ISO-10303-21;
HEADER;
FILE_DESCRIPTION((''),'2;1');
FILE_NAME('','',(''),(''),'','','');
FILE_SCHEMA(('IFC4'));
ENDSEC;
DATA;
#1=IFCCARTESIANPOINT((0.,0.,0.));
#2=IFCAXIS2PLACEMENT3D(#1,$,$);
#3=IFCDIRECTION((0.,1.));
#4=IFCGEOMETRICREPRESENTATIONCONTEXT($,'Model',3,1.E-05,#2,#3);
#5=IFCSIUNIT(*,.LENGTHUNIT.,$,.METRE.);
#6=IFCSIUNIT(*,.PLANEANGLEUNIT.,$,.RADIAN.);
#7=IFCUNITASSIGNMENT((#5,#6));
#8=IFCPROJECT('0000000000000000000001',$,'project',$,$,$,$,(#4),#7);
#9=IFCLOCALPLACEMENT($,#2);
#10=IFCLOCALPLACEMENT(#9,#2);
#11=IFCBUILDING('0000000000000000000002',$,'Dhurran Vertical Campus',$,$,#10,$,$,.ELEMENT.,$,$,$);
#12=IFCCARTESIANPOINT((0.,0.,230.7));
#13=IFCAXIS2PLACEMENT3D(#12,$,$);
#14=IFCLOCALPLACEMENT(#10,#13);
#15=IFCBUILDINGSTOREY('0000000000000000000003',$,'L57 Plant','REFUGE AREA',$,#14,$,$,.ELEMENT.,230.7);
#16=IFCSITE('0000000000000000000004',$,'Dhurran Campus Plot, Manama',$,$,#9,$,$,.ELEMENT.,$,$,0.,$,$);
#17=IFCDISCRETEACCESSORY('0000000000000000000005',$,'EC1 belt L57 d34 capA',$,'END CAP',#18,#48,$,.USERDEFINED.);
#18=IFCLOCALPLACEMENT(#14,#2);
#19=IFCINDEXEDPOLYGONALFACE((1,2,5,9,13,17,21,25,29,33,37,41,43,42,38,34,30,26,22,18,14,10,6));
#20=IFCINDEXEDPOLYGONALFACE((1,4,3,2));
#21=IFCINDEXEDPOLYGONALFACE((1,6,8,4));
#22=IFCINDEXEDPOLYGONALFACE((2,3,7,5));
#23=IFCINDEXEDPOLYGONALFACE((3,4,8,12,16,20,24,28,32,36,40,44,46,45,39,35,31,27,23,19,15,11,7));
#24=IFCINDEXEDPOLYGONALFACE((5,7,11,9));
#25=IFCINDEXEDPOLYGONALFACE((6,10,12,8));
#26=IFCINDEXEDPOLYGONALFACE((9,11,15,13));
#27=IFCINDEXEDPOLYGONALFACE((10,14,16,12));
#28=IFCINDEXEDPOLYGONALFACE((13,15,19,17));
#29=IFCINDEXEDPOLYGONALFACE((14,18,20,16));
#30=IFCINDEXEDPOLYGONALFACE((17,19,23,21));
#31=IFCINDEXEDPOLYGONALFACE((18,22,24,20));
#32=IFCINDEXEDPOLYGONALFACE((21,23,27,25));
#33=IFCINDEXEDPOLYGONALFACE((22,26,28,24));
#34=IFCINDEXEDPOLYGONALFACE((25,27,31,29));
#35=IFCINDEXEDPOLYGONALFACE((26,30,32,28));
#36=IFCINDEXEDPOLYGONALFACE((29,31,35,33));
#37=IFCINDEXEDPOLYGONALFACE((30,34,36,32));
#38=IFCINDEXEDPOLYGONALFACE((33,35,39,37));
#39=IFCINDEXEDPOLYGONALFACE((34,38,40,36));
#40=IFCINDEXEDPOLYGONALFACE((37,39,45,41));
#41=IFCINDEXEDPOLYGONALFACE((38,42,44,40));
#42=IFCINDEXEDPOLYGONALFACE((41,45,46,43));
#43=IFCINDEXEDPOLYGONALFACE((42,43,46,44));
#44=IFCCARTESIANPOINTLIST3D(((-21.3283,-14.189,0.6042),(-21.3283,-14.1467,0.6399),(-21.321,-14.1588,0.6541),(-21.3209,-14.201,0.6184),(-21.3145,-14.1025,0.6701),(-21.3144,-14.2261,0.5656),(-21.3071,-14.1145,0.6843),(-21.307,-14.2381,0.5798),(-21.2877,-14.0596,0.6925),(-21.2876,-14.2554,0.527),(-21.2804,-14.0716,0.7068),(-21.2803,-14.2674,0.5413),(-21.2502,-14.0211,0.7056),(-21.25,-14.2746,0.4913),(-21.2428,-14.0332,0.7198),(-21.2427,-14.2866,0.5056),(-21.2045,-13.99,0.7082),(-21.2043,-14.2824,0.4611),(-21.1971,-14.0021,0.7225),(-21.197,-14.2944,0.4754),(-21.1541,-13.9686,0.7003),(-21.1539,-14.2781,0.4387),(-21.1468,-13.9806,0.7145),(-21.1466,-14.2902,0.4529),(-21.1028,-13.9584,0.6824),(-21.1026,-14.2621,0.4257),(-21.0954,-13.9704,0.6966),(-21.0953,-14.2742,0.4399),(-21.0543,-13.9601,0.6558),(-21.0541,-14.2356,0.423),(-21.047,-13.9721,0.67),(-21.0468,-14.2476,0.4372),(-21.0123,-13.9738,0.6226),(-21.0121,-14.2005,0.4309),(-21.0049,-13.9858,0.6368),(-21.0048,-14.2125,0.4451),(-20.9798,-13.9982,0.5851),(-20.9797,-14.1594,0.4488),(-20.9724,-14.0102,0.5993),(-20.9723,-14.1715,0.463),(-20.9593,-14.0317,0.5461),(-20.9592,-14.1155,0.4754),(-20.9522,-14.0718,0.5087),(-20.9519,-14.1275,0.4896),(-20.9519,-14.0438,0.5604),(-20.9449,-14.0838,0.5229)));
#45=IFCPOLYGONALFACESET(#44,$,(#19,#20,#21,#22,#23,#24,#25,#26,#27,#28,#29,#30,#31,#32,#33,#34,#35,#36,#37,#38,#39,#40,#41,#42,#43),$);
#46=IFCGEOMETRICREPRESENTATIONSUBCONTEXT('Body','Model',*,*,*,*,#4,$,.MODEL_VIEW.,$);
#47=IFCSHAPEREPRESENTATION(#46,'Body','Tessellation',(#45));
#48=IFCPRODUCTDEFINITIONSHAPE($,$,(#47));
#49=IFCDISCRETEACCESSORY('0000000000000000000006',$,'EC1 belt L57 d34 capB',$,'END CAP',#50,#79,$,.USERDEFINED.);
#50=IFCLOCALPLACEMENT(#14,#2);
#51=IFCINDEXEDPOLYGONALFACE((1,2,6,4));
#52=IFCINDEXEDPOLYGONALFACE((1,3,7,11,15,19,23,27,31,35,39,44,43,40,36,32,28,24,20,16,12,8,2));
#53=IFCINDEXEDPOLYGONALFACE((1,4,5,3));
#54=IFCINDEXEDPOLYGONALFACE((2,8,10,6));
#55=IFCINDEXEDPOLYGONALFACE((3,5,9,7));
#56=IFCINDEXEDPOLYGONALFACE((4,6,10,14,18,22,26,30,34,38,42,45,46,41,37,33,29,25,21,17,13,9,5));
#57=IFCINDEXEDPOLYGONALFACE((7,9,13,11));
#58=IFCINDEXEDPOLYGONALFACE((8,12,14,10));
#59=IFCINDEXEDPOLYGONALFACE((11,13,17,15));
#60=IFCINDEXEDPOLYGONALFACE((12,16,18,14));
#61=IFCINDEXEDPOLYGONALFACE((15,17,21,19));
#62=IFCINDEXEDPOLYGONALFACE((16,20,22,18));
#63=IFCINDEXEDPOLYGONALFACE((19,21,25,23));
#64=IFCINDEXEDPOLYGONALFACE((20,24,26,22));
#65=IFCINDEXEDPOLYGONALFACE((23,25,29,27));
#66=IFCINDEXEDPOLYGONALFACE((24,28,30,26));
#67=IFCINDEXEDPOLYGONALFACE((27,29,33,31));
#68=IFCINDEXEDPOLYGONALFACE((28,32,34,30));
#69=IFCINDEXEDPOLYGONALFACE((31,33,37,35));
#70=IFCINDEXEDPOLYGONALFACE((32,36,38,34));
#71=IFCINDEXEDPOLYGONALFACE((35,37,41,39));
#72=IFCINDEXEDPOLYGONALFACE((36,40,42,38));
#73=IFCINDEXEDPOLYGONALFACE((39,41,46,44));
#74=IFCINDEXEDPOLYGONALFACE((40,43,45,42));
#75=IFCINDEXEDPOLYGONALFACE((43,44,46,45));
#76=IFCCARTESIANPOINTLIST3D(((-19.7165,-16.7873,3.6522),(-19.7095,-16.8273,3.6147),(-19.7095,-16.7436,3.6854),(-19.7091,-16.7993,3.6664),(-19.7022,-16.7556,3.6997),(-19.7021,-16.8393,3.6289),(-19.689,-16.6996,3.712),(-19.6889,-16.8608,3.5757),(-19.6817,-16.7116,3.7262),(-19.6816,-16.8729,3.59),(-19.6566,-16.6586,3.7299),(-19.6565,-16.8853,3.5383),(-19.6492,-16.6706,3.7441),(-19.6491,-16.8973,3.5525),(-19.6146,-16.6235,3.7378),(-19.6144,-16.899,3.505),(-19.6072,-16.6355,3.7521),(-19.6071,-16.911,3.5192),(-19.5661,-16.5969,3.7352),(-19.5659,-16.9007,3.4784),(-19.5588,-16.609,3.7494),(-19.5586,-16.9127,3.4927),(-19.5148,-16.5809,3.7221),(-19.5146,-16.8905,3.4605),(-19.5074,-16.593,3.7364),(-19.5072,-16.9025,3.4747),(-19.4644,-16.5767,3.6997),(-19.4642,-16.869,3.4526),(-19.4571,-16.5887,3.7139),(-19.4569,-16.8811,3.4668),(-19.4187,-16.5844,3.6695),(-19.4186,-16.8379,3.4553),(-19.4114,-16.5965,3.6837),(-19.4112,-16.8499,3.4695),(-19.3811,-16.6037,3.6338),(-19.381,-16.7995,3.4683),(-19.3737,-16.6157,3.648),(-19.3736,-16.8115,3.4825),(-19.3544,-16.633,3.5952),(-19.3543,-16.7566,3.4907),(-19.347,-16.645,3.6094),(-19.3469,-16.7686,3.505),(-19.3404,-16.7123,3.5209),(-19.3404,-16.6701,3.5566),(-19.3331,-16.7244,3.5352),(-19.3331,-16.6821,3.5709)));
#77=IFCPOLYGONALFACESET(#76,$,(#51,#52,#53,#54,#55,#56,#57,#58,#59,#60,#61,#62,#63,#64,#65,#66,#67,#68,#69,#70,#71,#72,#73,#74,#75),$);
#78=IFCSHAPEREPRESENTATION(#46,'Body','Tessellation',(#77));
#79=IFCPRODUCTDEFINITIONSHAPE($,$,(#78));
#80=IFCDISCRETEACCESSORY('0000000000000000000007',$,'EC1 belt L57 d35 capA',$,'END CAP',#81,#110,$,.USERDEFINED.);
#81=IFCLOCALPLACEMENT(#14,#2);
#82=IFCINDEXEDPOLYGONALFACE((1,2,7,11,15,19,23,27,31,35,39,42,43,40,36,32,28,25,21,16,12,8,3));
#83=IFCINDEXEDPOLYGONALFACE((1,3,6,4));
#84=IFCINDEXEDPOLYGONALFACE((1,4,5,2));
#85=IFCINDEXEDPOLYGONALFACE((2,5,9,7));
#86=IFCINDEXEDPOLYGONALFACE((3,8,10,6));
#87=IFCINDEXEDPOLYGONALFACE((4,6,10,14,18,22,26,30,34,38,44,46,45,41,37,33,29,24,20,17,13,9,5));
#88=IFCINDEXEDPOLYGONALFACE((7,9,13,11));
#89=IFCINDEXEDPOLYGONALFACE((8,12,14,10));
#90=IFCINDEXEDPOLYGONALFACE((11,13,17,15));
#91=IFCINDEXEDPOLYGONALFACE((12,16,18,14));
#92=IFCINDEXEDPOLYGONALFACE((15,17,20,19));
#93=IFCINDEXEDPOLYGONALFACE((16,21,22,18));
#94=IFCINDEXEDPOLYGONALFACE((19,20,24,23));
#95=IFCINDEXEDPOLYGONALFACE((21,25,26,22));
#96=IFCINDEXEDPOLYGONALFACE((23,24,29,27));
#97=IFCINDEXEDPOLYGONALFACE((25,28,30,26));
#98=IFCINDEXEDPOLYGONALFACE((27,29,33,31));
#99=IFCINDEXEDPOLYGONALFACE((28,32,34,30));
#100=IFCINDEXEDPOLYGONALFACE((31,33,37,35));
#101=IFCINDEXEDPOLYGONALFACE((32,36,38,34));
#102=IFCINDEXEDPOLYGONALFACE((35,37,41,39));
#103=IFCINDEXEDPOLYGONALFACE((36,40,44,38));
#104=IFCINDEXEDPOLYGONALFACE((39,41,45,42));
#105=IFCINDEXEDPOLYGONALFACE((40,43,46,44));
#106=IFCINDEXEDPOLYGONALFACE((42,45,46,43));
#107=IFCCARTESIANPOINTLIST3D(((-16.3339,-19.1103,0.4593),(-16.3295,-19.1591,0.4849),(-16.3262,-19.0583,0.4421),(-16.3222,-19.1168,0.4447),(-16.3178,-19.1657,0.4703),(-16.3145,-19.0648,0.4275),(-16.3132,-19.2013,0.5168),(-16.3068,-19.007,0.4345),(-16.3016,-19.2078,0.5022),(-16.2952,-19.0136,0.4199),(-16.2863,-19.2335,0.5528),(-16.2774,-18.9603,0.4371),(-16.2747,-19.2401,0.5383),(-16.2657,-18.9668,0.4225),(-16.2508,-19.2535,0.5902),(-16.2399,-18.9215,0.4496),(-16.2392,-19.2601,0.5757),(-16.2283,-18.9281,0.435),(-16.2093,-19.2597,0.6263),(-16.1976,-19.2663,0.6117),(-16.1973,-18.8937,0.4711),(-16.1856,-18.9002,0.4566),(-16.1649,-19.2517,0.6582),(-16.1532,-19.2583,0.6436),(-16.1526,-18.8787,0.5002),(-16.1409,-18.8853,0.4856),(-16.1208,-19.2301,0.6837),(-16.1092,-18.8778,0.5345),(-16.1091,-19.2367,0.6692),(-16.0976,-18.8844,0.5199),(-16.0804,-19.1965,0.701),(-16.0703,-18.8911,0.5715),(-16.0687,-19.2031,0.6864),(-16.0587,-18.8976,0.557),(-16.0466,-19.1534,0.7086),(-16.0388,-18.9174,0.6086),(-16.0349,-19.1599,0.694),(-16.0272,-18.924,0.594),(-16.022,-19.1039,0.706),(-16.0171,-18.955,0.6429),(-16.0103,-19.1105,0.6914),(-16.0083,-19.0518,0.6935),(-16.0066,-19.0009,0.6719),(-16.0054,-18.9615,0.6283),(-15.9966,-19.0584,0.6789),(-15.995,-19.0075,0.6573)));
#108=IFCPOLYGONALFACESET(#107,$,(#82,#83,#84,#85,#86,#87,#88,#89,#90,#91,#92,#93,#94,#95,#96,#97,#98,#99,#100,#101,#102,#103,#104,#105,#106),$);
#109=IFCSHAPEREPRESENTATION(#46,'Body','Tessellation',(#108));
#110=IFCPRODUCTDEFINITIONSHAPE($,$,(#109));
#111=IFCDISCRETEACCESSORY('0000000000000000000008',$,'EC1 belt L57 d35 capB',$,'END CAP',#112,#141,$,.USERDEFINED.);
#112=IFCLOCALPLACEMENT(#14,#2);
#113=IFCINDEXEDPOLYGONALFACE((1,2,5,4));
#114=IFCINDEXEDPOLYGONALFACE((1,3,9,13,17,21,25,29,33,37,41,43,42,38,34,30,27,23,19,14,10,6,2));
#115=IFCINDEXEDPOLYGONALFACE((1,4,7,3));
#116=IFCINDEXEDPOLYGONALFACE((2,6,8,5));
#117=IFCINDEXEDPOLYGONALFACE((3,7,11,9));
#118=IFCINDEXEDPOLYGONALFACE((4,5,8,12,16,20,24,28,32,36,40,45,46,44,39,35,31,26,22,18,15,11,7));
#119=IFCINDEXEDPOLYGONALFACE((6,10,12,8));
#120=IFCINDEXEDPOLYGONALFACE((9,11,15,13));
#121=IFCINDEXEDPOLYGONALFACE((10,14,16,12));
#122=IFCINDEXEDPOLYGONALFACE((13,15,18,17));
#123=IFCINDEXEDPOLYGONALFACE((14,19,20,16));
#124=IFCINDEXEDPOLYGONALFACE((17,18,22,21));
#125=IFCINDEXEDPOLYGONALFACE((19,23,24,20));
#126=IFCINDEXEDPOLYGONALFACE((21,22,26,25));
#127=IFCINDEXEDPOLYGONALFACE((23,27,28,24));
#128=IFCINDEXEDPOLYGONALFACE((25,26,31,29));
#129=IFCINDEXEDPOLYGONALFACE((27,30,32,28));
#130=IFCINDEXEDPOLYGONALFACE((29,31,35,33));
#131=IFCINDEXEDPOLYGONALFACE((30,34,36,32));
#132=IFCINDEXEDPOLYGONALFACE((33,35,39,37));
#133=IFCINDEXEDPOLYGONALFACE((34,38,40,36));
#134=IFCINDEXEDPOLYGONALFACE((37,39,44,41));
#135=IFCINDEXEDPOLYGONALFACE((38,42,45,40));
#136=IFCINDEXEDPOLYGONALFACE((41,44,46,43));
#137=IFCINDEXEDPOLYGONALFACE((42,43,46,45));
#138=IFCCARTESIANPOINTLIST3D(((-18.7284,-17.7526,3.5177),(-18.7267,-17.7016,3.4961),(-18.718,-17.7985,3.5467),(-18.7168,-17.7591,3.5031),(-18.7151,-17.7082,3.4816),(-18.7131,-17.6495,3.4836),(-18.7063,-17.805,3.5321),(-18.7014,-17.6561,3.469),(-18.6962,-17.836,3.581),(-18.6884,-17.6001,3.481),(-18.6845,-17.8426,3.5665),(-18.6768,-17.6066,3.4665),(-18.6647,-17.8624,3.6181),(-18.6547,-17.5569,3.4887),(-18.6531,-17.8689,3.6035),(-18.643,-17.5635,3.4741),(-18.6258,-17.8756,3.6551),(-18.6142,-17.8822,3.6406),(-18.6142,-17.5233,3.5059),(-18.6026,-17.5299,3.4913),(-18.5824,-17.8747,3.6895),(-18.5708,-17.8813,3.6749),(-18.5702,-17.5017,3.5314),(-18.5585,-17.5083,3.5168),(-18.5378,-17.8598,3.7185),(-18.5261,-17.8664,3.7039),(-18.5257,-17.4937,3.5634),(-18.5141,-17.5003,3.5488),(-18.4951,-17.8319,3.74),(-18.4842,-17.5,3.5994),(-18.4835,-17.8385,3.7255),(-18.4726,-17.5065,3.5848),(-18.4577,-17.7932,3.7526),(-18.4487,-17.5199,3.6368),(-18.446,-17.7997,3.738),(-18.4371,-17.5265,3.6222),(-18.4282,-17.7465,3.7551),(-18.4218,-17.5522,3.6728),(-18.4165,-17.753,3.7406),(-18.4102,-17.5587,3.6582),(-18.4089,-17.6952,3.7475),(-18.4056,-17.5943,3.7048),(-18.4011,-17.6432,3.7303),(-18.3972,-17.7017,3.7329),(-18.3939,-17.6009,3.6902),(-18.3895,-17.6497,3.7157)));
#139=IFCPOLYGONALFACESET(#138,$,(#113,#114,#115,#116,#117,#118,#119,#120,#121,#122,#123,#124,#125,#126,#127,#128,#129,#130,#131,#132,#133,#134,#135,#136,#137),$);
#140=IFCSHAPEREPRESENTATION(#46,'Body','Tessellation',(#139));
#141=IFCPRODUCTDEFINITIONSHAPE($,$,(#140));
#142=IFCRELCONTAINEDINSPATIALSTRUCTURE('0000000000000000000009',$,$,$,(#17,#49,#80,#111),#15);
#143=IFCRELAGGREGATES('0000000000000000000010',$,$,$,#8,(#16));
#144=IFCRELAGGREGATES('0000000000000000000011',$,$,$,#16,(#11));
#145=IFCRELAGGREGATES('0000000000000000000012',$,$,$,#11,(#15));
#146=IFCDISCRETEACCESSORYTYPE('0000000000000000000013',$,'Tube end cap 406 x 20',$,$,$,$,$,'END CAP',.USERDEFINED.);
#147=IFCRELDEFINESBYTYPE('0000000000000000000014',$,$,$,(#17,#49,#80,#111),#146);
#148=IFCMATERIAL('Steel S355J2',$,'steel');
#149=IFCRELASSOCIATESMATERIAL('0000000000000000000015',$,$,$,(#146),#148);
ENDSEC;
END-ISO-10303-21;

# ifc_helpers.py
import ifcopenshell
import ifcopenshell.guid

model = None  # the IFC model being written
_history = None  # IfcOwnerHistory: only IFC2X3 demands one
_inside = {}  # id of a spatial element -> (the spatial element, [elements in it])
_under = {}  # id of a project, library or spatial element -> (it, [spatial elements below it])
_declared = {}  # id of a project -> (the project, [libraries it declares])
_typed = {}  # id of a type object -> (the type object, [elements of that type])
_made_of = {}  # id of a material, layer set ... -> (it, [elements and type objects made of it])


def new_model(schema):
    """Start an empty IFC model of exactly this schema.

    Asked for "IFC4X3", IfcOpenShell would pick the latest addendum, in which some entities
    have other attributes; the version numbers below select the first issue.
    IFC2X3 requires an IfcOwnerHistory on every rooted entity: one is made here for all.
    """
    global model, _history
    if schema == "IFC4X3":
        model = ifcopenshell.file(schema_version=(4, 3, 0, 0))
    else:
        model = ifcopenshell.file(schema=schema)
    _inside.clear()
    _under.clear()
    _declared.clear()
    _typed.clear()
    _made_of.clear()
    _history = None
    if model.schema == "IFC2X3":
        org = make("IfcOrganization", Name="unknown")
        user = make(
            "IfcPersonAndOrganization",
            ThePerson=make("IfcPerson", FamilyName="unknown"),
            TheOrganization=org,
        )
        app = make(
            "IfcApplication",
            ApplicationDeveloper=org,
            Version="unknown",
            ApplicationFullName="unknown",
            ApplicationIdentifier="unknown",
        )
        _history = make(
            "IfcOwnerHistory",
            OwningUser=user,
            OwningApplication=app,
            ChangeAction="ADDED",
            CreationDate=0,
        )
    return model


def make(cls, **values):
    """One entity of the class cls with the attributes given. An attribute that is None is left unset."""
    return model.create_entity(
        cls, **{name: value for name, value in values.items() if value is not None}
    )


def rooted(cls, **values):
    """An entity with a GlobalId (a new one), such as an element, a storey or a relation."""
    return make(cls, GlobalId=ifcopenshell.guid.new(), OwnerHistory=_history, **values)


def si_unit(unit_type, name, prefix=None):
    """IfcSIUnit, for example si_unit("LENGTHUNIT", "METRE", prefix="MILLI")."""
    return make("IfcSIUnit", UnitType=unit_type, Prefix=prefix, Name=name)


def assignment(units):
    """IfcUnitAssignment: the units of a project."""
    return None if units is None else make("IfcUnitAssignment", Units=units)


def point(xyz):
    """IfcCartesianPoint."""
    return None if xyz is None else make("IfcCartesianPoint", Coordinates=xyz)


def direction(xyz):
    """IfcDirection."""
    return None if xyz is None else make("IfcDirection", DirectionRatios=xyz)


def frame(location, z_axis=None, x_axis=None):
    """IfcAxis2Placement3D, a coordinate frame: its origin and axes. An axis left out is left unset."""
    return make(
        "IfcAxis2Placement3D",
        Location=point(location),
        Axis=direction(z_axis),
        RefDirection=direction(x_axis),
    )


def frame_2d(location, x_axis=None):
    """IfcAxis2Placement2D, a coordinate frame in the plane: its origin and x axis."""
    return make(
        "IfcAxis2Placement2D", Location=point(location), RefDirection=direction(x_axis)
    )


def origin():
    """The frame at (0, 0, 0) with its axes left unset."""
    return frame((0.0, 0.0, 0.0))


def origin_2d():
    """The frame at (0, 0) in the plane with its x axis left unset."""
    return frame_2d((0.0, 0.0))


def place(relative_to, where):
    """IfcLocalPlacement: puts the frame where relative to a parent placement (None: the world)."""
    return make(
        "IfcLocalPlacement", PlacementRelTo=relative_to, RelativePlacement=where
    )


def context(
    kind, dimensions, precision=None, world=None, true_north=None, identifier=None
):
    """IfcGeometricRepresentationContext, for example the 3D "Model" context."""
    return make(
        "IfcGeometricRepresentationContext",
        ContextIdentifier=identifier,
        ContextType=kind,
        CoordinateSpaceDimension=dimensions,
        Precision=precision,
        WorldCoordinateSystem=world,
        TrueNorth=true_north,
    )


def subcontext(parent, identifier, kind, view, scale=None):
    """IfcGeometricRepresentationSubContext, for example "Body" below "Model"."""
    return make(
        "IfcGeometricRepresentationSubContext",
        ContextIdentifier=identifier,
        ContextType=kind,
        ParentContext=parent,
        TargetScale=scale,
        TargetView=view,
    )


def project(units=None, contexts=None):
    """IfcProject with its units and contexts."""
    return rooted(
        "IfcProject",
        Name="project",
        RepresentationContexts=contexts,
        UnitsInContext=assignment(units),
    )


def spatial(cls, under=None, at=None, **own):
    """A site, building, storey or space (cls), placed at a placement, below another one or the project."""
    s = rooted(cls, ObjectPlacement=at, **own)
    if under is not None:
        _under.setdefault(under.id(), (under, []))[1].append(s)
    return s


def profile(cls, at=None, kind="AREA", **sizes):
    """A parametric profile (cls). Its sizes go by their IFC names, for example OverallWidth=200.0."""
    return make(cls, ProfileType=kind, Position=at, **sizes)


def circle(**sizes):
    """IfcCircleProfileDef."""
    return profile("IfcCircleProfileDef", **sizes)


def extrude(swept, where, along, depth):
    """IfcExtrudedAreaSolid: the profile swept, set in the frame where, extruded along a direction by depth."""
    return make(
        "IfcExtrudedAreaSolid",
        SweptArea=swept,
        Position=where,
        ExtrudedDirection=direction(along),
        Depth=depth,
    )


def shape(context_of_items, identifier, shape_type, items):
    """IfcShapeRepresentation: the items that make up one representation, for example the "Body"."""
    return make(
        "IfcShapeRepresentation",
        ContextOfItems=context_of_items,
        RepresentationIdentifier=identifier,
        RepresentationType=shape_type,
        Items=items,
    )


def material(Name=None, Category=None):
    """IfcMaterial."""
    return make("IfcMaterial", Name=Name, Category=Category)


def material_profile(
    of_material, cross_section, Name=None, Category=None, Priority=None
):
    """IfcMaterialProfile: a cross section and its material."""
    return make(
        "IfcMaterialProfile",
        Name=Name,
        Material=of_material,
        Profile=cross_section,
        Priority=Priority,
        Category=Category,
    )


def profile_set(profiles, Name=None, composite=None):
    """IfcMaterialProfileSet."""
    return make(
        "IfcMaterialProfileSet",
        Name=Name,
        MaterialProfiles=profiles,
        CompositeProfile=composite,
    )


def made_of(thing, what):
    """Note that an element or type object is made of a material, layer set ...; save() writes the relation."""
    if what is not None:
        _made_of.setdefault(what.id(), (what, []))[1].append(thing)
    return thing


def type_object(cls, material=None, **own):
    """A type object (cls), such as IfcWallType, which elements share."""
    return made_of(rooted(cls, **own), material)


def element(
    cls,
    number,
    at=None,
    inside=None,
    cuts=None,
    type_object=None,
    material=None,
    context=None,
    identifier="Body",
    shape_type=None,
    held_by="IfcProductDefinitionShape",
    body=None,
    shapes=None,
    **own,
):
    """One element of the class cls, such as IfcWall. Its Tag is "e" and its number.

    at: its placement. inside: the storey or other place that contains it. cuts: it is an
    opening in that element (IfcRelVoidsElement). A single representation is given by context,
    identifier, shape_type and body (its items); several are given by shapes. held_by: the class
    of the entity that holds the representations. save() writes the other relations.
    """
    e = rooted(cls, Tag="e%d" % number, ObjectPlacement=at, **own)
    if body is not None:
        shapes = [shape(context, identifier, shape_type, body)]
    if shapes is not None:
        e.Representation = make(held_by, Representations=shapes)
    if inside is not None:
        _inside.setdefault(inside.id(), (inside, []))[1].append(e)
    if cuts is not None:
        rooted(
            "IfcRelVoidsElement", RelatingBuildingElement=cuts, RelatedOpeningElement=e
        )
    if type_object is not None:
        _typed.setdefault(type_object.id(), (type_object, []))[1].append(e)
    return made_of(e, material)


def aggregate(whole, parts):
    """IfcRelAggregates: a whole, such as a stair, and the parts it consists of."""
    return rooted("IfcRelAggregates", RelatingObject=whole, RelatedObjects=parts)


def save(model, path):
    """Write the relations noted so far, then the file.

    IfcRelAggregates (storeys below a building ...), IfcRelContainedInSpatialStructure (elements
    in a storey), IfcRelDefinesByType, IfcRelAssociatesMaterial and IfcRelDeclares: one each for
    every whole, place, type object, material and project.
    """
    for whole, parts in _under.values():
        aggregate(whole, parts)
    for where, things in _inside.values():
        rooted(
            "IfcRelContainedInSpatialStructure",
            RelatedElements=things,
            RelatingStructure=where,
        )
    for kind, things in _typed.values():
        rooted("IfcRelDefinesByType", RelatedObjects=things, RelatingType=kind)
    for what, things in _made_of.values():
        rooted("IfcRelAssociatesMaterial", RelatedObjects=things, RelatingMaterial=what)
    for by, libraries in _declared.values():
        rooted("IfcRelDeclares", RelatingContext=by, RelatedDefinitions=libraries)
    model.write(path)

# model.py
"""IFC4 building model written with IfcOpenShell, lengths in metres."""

from ifc_helpers import new_model, si_unit, direction, frame, origin, origin_2d, place, context, subcontext, project, spatial, circle, extrude, material, material_profile, profile_set, type_object, element, save


model = new_model("IFC4")

# Units and contexts
model_context = context("Model", 3, precision=1e-05, world=origin(), true_north=direction((0.0, 1.0)))
body_context = subcontext(model_context, "Body", "Model", "MODEL_VIEW")
ifc_project = project(units=[si_unit("LENGTHUNIT", "METRE"), si_unit("PLANEANGLEUNIT", "RADIAN")], contexts=[model_context])

# Site, building, storey
site_placement = place(None, origin())
site = spatial("IfcSite", under=ifc_project, at=site_placement, Name="Dhurran Campus Plot, Manama", CompositionType="ELEMENT", RefElevation=0.0)
building_placement = place(site_placement, origin())
building = spatial("IfcBuilding", under=site, at=building_placement, Name="Dhurran Vertical Campus", CompositionType="ELEMENT")
storey_placement = place(building_placement, frame((0.0, 0.0, 230.7)))
storey = spatial("IfcBuildingStorey", under=building, at=storey_placement, Name="L57 Plant", Description="REFUGE AREA", CompositionType="ELEMENT", Elevation=230.7)

# Discrete accessories
ifc_material_1 = material(Name="Steel S355J2", Category="steel")
ifc_material_profile_1 = material_profile(ifc_material_1, circle(Radius=0.2031, at=origin_2d()), Name="Tube end cap 406 x 20")
ifc_profile_set_1 = profile_set([ifc_material_profile_1], Name="Steel S355J2")
discrete_accessory_type = type_object("IfcDiscreteAccessoryType", Name="Tube end cap 406 x 20", ElementType="END CAP", PredefinedType="USERDEFINED", material=ifc_profile_set_1)
for number, where, z_axis, x_axis, name in (
    (1, (-21.1338, -14.1321, 0.5798), (-0.367469, 0.6002, -0.710441), (-0.852851, -0.522154, 0.0), "EC1 belt L57 d34 capA"),
    (2, (-19.5276, -16.739, 3.5952), (0.367469, -0.6002, 0.710441), (0.852851, 0.522154, 0.0), "EC1 belt L57 d34 capB"),
):
    element("IfcDiscreteAccessory", number, at=place(storey_placement, frame(where, z_axis=z_axis, x_axis=x_axis)), inside=storey, type_object=discrete_accessory_type, Name=name, ObjectType="END CAP", PredefinedType="USERDEFINED", context=body_context, shape_type="SweptSolid", body=[
        extrude(circle(Radius=0.2031, at=origin_2d()), origin(), (0.0, 0.0, 1.0), 0.02),
    ])
for number, where, z_axis, x_axis, name in (
    (3, (-16.1699, -19.0681, 0.5715), (0.589368, -0.331519, -0.736709), (0.490261, 0.871576, 0.0), "EC1 belt L57 d35 capA"),
    (4, (-18.5535, -17.6919, 3.6035), (-0.589368, 0.331519, 0.736709), (-0.490261, -0.871576, 0.0), "EC1 belt L57 d35 capB"),
):
    element("IfcDiscreteAccessory", number, at=place(storey_placement, frame(where, z_axis=z_axis, x_axis=x_axis)), inside=storey, type_object=discrete_accessory_type, Name=name, ObjectType="END CAP", PredefinedType="USERDEFINED", context=body_context, shape_type="SweptSolid", body=[
        extrude(circle(Radius=0.2031, at=origin_2d()), origin(), (0.0, 0.0, 1.0), 0.0198),
    ])

save(model, "model.ifc")
